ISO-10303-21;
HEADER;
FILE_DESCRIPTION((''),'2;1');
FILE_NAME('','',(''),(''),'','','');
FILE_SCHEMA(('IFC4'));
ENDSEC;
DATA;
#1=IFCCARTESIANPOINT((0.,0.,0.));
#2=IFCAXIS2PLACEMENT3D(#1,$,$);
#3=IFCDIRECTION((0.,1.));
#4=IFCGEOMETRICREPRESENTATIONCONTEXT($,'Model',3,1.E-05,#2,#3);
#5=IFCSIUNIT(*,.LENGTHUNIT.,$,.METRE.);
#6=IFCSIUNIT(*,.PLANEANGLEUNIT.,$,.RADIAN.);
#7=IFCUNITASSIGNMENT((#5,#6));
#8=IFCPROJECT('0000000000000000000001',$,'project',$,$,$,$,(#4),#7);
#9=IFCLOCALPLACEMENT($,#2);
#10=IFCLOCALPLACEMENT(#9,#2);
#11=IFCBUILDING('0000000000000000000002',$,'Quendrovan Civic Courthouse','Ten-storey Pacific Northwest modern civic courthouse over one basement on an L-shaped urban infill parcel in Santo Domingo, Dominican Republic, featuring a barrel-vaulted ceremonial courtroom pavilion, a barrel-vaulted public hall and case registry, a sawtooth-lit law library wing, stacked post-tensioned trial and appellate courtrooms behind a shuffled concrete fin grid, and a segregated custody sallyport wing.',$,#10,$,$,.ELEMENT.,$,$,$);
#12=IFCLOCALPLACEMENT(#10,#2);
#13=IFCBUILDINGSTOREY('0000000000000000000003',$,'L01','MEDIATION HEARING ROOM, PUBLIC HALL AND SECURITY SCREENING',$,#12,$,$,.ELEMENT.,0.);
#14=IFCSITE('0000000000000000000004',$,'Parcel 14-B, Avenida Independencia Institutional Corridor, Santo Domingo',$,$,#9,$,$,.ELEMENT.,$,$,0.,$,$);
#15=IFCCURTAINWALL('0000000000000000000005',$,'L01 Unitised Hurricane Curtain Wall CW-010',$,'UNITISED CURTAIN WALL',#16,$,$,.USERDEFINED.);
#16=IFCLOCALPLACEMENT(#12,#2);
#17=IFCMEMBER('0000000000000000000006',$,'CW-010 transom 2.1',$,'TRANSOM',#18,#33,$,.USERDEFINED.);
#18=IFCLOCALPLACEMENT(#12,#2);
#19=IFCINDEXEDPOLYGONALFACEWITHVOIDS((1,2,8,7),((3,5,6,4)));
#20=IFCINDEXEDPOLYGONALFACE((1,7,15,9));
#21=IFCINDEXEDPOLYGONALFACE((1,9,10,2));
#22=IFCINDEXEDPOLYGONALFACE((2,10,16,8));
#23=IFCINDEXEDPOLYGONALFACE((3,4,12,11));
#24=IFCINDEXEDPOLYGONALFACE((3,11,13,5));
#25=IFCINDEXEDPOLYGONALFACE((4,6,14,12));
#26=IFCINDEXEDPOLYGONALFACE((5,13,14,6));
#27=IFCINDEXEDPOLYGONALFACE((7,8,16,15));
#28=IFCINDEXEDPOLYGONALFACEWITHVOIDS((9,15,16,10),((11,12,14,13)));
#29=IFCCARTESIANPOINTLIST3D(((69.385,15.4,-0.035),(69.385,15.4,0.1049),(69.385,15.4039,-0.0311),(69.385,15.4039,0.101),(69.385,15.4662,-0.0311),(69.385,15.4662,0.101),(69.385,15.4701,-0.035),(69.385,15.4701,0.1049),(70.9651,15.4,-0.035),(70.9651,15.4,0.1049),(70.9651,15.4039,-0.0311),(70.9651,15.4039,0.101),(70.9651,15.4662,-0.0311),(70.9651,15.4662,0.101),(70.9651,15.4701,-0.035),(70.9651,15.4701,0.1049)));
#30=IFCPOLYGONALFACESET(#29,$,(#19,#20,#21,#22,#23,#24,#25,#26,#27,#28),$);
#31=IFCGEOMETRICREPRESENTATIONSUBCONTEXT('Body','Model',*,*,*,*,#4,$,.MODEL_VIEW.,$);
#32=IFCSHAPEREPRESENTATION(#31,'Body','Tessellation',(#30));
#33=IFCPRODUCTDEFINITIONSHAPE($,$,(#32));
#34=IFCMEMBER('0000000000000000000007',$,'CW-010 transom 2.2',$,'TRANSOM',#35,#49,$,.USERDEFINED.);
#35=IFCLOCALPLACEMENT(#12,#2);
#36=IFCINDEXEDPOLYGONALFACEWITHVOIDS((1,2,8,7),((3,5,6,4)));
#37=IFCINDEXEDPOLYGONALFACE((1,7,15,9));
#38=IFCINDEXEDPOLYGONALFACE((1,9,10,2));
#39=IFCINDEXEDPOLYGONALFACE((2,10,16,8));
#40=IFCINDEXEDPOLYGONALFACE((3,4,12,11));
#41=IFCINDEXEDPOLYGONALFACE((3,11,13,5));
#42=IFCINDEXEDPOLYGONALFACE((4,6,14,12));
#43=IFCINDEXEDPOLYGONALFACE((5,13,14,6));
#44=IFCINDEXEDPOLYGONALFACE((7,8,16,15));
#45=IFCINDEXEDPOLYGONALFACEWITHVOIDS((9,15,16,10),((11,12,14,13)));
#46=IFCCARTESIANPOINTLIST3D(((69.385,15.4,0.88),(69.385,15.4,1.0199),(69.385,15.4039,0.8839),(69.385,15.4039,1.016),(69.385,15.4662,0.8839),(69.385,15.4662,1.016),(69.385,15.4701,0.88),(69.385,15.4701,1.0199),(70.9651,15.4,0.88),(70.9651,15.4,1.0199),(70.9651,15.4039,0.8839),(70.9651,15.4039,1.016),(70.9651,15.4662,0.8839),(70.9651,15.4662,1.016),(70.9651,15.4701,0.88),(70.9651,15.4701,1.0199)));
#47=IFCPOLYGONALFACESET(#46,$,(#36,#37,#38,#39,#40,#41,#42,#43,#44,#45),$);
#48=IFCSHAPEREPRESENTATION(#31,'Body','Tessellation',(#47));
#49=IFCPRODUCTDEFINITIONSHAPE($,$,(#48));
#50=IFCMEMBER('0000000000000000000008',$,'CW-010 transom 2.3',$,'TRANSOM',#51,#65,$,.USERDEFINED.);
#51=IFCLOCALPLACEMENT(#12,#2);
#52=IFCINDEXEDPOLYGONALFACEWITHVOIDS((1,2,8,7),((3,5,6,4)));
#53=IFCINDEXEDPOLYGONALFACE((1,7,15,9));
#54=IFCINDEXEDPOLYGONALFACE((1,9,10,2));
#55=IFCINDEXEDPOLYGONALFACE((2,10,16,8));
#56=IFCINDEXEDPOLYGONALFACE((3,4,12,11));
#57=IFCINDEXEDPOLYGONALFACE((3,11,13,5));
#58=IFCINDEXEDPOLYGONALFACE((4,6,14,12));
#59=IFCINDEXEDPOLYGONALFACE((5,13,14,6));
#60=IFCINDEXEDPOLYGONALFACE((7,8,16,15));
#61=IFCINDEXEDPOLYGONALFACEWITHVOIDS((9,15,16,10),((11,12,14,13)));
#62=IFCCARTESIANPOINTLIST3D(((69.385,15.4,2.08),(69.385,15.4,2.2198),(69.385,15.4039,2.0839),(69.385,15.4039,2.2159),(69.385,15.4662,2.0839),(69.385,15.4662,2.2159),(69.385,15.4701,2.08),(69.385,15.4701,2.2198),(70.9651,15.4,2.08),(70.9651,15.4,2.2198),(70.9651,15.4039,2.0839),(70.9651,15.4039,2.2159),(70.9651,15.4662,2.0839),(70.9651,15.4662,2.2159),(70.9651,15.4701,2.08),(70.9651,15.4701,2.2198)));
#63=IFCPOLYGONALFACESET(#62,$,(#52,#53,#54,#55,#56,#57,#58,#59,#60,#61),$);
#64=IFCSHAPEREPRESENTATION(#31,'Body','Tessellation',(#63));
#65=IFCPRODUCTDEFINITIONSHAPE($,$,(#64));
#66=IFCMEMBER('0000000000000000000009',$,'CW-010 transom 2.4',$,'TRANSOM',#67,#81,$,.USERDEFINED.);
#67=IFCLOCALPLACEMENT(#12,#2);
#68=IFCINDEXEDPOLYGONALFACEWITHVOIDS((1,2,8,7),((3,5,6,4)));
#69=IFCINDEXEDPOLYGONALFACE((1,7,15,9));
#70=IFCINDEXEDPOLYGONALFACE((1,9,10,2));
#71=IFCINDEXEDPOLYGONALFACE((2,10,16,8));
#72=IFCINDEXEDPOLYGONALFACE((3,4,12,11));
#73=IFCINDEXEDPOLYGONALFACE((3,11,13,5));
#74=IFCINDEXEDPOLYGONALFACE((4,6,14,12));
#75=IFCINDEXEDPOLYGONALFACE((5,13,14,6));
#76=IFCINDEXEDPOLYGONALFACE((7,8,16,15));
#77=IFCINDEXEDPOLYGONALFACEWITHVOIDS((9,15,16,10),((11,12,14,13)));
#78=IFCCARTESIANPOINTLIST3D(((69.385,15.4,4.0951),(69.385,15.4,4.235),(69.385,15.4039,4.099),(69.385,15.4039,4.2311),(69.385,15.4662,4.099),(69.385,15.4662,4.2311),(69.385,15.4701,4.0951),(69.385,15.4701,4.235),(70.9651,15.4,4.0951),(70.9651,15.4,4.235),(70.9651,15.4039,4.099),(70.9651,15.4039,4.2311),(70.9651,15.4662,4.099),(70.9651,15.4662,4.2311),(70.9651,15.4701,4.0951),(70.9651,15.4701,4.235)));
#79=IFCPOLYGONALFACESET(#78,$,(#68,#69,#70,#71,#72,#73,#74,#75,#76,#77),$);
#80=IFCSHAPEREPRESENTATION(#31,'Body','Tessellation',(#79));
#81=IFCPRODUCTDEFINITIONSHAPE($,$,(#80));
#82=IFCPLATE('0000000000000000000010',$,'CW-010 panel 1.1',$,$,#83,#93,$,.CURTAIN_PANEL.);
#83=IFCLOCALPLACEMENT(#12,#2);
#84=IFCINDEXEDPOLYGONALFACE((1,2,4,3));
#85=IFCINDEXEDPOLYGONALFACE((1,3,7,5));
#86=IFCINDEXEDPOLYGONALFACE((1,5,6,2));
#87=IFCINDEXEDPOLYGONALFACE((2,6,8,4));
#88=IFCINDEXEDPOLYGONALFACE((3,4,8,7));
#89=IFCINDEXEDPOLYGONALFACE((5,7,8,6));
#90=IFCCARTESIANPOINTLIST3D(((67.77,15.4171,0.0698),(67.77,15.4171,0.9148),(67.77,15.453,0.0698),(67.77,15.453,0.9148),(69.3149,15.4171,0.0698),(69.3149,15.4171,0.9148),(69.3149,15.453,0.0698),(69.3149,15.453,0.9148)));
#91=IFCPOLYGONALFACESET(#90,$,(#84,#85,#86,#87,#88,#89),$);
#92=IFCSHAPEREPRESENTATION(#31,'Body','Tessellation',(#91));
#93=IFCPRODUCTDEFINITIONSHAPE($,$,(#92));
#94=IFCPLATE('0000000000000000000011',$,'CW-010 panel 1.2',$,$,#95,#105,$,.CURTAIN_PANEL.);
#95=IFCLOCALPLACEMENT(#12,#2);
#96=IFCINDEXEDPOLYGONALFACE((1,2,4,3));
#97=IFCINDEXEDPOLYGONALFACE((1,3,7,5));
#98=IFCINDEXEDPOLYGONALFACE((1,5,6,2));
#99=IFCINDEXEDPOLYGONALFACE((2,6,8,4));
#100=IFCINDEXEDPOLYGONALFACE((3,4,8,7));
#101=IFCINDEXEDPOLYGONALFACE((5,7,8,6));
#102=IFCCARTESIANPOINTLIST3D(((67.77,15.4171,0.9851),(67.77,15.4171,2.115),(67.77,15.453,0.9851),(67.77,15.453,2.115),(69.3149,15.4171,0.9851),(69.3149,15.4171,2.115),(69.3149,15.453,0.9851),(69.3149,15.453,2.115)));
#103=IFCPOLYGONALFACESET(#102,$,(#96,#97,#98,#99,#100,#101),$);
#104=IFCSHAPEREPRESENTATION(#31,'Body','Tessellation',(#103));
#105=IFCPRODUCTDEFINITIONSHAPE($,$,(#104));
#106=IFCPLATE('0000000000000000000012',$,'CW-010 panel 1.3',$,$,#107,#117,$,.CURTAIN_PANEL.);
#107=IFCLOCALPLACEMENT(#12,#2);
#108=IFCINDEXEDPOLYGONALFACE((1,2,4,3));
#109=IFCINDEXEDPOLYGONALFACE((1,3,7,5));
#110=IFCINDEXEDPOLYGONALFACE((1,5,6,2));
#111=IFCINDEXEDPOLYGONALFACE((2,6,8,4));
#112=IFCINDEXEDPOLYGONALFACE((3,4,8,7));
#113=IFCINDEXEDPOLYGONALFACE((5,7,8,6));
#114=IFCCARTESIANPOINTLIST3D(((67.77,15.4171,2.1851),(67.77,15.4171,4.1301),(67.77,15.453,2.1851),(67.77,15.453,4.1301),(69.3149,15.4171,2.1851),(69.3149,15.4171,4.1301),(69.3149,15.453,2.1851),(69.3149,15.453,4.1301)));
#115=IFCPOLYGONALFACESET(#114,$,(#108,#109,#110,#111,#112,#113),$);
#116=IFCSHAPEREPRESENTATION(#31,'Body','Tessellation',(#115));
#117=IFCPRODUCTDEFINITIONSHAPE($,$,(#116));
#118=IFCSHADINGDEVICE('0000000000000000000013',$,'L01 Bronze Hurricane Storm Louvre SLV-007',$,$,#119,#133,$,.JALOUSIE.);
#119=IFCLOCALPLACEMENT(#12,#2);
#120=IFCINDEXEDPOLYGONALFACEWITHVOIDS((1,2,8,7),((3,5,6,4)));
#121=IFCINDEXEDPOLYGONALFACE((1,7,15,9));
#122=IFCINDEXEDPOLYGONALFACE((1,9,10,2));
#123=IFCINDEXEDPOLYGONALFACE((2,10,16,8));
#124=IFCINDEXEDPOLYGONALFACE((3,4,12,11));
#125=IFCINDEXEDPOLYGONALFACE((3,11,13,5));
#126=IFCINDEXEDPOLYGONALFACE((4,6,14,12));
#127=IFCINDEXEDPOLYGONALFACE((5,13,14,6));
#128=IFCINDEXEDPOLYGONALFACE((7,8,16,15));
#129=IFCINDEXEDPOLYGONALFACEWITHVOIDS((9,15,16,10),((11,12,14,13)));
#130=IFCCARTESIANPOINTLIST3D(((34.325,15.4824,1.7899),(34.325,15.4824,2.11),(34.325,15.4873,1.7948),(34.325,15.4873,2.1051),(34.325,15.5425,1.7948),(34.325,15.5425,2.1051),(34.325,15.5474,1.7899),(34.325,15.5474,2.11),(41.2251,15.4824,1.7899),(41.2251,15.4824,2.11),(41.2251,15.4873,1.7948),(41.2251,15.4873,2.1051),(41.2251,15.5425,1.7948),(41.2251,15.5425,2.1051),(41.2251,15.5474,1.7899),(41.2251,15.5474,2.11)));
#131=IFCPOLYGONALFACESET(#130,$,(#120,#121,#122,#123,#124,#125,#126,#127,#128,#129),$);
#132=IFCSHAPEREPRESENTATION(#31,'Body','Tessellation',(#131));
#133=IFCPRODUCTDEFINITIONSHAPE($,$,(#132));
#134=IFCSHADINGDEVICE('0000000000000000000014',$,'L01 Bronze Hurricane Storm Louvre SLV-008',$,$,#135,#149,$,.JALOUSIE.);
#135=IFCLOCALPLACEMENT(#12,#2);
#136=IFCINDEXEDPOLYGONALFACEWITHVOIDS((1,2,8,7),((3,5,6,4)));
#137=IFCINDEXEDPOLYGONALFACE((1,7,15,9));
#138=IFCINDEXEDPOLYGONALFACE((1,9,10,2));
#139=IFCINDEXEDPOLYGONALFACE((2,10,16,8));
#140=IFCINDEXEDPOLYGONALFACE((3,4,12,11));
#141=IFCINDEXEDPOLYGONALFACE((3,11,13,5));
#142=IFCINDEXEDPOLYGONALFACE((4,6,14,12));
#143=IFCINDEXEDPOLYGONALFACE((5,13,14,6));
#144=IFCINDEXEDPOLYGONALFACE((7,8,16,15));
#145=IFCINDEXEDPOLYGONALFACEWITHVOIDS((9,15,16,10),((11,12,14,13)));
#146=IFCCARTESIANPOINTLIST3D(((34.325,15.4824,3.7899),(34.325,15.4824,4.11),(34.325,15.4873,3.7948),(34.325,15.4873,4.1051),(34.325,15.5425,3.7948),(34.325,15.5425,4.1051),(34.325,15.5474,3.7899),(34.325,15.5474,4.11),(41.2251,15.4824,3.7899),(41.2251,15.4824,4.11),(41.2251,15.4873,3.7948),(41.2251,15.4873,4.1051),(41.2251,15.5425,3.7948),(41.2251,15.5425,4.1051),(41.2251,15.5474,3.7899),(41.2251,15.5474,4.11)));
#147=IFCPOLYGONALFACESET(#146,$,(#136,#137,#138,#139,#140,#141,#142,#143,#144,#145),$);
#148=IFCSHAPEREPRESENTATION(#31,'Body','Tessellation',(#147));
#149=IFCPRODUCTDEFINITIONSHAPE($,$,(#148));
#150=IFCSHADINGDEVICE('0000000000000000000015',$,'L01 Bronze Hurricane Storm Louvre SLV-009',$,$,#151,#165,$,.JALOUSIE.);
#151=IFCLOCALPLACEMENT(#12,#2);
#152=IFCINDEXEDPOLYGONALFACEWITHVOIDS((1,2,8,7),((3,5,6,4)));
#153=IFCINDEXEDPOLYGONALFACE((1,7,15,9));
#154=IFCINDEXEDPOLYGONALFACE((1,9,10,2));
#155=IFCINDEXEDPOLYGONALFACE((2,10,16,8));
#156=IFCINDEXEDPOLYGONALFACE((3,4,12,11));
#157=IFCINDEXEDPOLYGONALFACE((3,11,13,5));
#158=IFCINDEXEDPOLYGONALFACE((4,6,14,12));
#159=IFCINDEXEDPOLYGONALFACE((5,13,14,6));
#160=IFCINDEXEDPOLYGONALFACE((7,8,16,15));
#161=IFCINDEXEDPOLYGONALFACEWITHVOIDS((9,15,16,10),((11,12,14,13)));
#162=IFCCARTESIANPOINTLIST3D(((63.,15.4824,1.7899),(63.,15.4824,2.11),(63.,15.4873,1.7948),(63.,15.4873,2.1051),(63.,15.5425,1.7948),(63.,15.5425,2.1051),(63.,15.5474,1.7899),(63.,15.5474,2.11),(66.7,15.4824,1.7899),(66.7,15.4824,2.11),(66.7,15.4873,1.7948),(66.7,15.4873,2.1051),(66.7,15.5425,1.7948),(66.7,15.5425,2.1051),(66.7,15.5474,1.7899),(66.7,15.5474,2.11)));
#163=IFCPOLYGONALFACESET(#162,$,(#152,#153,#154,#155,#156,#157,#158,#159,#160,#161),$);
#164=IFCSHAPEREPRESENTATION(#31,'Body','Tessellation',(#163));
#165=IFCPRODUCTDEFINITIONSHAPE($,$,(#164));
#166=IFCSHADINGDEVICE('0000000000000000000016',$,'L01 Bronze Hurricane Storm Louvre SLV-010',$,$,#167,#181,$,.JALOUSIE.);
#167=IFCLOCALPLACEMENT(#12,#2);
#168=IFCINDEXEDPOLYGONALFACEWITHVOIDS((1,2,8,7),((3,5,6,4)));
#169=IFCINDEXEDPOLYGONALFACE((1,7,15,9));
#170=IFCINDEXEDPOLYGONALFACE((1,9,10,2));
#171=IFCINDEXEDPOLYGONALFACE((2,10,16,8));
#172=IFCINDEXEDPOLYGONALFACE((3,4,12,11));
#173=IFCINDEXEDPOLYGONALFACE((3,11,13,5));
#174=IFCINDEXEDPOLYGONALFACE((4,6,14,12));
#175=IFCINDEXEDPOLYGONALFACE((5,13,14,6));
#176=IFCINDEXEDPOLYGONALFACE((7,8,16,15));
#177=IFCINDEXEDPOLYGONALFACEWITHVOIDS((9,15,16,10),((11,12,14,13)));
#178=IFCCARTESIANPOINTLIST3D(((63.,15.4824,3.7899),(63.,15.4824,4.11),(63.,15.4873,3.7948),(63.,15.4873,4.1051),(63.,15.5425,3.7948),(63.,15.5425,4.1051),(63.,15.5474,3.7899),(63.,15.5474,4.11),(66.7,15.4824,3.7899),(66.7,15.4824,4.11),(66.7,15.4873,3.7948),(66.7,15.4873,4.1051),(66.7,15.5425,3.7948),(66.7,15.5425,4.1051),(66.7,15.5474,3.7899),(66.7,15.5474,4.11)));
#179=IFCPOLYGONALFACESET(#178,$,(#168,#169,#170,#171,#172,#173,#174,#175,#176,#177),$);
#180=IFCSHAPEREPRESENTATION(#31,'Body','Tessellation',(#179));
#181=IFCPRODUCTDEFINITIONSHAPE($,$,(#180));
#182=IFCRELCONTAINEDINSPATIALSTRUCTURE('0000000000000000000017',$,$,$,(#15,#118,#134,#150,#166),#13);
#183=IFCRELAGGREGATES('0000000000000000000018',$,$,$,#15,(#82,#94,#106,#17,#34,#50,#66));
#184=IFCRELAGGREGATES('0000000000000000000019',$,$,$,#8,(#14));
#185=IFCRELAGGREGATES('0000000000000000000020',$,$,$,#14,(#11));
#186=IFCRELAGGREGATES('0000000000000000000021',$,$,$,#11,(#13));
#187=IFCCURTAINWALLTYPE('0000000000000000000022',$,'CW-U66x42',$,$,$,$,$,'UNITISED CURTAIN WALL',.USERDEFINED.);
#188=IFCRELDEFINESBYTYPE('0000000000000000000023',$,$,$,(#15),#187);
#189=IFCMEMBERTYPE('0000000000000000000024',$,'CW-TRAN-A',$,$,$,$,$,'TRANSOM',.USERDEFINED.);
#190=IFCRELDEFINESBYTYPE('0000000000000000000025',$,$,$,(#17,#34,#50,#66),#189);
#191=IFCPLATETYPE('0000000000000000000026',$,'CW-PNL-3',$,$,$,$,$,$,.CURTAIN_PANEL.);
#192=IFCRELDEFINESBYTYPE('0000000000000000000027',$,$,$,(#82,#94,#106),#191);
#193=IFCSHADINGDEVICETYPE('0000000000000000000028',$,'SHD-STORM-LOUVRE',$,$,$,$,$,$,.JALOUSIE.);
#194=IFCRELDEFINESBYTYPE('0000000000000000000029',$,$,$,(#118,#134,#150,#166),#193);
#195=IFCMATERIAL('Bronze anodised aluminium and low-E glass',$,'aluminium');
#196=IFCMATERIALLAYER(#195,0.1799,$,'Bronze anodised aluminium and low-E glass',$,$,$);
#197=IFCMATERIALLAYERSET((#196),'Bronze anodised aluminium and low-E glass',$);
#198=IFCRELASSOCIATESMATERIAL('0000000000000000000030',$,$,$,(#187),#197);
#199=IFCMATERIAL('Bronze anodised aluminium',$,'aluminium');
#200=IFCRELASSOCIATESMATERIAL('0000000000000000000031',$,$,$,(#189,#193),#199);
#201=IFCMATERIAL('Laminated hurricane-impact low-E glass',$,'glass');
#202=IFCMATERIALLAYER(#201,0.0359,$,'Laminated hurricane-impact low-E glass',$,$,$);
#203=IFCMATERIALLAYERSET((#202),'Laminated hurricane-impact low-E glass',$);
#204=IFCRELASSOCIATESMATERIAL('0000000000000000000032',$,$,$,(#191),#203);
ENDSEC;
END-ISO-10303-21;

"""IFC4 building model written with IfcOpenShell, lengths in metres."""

from ifc_helpers import new_model, si_unit, direction, frame, origin, origin_2d, place, context, subcontext, project, spatial, rectangle, hollow_rectangle, extrude, material, layer, layer_set, material_profile, profile_set, type_object, element, aggregate, save


model = new_model("IFC4")

# Units and contexts
model_context = context("Model", 3, precision=1e-05, world=origin(), true_north=direction((0.0, 1.0)))
body_context = subcontext(model_context, "Body", "Model", "MODEL_VIEW")
ifc_project = project(units=[si_unit("LENGTHUNIT", "METRE"), si_unit("PLANEANGLEUNIT", "RADIAN")], contexts=[model_context])

# Site, building, storey
site_placement = place(None, origin())
site = spatial("IfcSite", under=ifc_project, at=site_placement, Name="Parcel 14-B, Avenida Independencia Institutional Corridor, Santo Domingo", CompositionType="ELEMENT", RefElevation=0.0)
building_placement = place(site_placement, origin())
building = spatial("IfcBuilding", under=site, at=building_placement, Name="Quendrovan Civic Courthouse", Description="Ten-storey Pacific Northwest modern civic courthouse over one basement on an L-shaped urban infill parcel in Santo Domingo, Dominican Republic, featuring a barrel-vaulted ceremonial courtroom pavilion, a barrel-vaulted public hall and case registry, a sawtooth-lit law library wing, stacked post-tensioned trial and appellate courtrooms behind a shuffled concrete fin grid, and a segregated custody sallyport wing.", CompositionType="ELEMENT")
storey_placement = place(building_placement, origin())
storey = spatial("IfcBuildingStorey", under=building, at=storey_placement, Name="L01", Description="MEDIATION HEARING ROOM, PUBLIC HALL AND SECURITY SCREENING", CompositionType="ELEMENT", Elevation=0.0)

# Curtain wall, members, plates
ifc_material_1 = material(Name="Bronze anodised aluminium and low-E glass", Category="aluminium")
ifc_layer_1 = layer(ifc_material_1, 0.1799, Name="Bronze anodised aluminium and low-E glass")
ifc_layer_set_1 = layer_set([ifc_layer_1], Name="Bronze anodised aluminium and low-E glass")
curtain_wall_type = type_object("IfcCurtainWallType", Name="CW-U66x42", ElementType="UNITISED CURTAIN WALL", PredefinedType="USERDEFINED", material=ifc_layer_set_1)
curtain_wall_placement = place(storey_placement, origin())
curtain_wall = element("IfcCurtainWall", 1, at=curtain_wall_placement, inside=storey, type_object=curtain_wall_type, Name="L01 Unitised Hurricane Curtain Wall CW-010", ObjectType="UNITISED CURTAIN WALL", PredefinedType="USERDEFINED")
ifc_material_2 = material(Name="Bronze anodised aluminium", Category="aluminium")
ifc_material_profile_1 = material_profile(ifc_material_2, hollow_rectangle(XDim=0.0701, YDim=0.1399, WallThickness=0.0039, at=origin_2d()), Name="CW-TRAN-70x140")
ifc_profile_set_1 = profile_set([ifc_material_profile_1], Name="Bronze anodised aluminium")
member_type_1 = type_object("IfcMemberType", Name="CW-TRAN-A", ElementType="TRANSOM", PredefinedType="USERDEFINED", material=ifc_profile_set_1)
member_1_placement = place(storey_placement, frame((69.385, 15.4351, 0.0349), z_axis=(1.0, 0.0, 0.0), x_axis=(0.0, 1.0, 0.0)))
member_1 = element("IfcMember", 2, at=member_1_placement, type_object=member_type_1, Name="CW-010 transom 2.1", ObjectType="TRANSOM", PredefinedType="USERDEFINED", context=body_context, shape_type="SweptSolid", body=[
    extrude(hollow_rectangle(XDim=0.0701, YDim=0.1399, WallThickness=0.0039, at=origin_2d()), origin(), (0.0, 0.0, 1.0), 1.5801),
])
member_2_placement = place(storey_placement, frame((69.385, 15.4351, 0.95), z_axis=(1.0, 0.0, 0.0), x_axis=(0.0, 1.0, 0.0)))
member_2 = element("IfcMember", 3, at=member_2_placement, type_object=member_type_1, Name="CW-010 transom 2.2", ObjectType="TRANSOM", PredefinedType="USERDEFINED", context=body_context, shape_type="SweptSolid", body=[
    extrude(hollow_rectangle(XDim=0.0701, YDim=0.1399, WallThickness=0.0039, at=origin_2d()), origin(), (0.0, 0.0, 1.0), 1.5801),
])
member_3_placement = place(storey_placement, frame((69.385, 15.4351, 2.1499), z_axis=(1.0, 0.0, 0.0), x_axis=(0.0, 1.0, 0.0)))
member_3 = element("IfcMember", 4, at=member_3_placement, type_object=member_type_1, Name="CW-010 transom 2.3", ObjectType="TRANSOM", PredefinedType="USERDEFINED", context=body_context, shape_type="SweptSolid", body=[
    extrude(hollow_rectangle(XDim=0.0701, YDim=0.1399, WallThickness=0.0039, at=origin_2d()), origin(), (0.0, 0.0, 1.0), 1.5801),
])
member_4_placement = place(storey_placement, frame((69.385, 15.4351, 4.165), z_axis=(1.0, 0.0, 0.0), x_axis=(0.0, 1.0, 0.0)))
member_4 = element("IfcMember", 5, at=member_4_placement, type_object=member_type_1, Name="CW-010 transom 2.4", ObjectType="TRANSOM", PredefinedType="USERDEFINED", context=body_context, shape_type="SweptSolid", body=[
    extrude(hollow_rectangle(XDim=0.0701, YDim=0.1399, WallThickness=0.0039, at=origin_2d()), origin(), (0.0, 0.0, 1.0), 1.5801),
])
ifc_material_3 = material(Name="Laminated hurricane-impact low-E glass", Category="glass")
ifc_layer_2 = layer(ifc_material_3, 0.0359, Name="Laminated hurricane-impact low-E glass")
ifc_layer_set_2 = layer_set([ifc_layer_2], Name="Laminated hurricane-impact low-E glass")
plate_type = type_object("IfcPlateType", Name="CW-PNL-3", PredefinedType="CURTAIN_PANEL", material=ifc_layer_set_2)
plate_1_placement = place(storey_placement, frame((68.5425, 15.4351, 0.0698), z_axis=(0.0, 0.0, 1.0), x_axis=(1.0, 0.0, 0.0)))
plate_1 = element("IfcPlate", 6, at=plate_1_placement, type_object=plate_type, Name="CW-010 panel 1.1", PredefinedType="CURTAIN_PANEL", context=body_context, shape_type="SweptSolid", body=[
    extrude(rectangle(XDim=1.5449, YDim=0.0359, at=origin_2d()), origin(), (0.0, 0.0, 1.0), 0.845),
])
plate_2_placement = place(storey_placement, frame((68.5425, 15.4351, 0.9851), z_axis=(0.0, 0.0, 1.0), x_axis=(1.0, 0.0, 0.0)))
plate_2 = element("IfcPlate", 7, at=plate_2_placement, type_object=plate_type, Name="CW-010 panel 1.2", PredefinedType="CURTAIN_PANEL", context=body_context, shape_type="SweptSolid", body=[
    extrude(rectangle(XDim=1.5449, YDim=0.0359, at=origin_2d()), origin(), (0.0, 0.0, 1.0), 1.1299),
])
plate_3_placement = place(storey_placement, frame((68.5425, 15.4351, 2.1851), z_axis=(0.0, 0.0, 1.0), x_axis=(1.0, 0.0, 0.0)))
plate_3 = element("IfcPlate", 8, at=plate_3_placement, type_object=plate_type, Name="CW-010 panel 1.3", PredefinedType="CURTAIN_PANEL", context=body_context, shape_type="SweptSolid", body=[
    extrude(rectangle(XDim=1.5449, YDim=0.0359, at=origin_2d()), origin(), (0.0, 0.0, 1.0), 1.9451),
])
aggregate(curtain_wall, [plate_1, plate_2, plate_3, member_1, member_2, member_3, member_4])

# Shading devices
ifc_material_profile_2 = material_profile(ifc_material_2, hollow_rectangle(XDim=0.0649, YDim=0.3201, WallThickness=0.0049, at=origin_2d()), Name="AL-LOUVRE-65x320")
ifc_profile_set_2 = profile_set([ifc_material_profile_2], Name="Bronze anodised aluminium")
shading_device_type = type_object("IfcShadingDeviceType", Name="SHD-STORM-LOUVRE", PredefinedType="JALOUSIE", material=ifc_profile_set_2)
for number, where, z_axis, x_axis, name in (
    (9, (34.325, 15.5149, 1.95), (1.0, 0.0, 0.0), (0.0, 1.0, 0.0), "L01 Bronze Hurricane Storm Louvre SLV-007"),
    (10, (34.325, 15.5149, 3.95), (1.0, 0.0, 0.0), (0.0, 1.0, 0.0), "L01 Bronze Hurricane Storm Louvre SLV-008"),
):
    element("IfcShadingDevice", number, at=place(storey_placement, frame(where, z_axis=z_axis, x_axis=x_axis)), inside=storey, type_object=shading_device_type, Name=name, PredefinedType="JALOUSIE", context=body_context, shape_type="SweptSolid", body=[
        extrude(hollow_rectangle(XDim=0.0649, YDim=0.3201, WallThickness=0.0049, at=origin_2d()), origin(), (0.0, 0.0, 1.0), 6.9001),
    ])
for number, where, z_axis, x_axis, name in (
    (11, (63.0, 15.5149, 1.95), (1.0, 0.0, 0.0), (0.0, 1.0, 0.0), "L01 Bronze Hurricane Storm Louvre SLV-009"),
    (12, (63.0, 15.5149, 3.95), (1.0, 0.0, 0.0), (0.0, 1.0, 0.0), "L01 Bronze Hurricane Storm Louvre SLV-010"),
):
    element("IfcShadingDevice", number, at=place(storey_placement, frame(where, z_axis=z_axis, x_axis=x_axis)), inside=storey, type_object=shading_device_type, Name=name, PredefinedType="JALOUSIE", context=body_context, shape_type="SweptSolid", body=[
        extrude(hollow_rectangle(XDim=0.0649, YDim=0.3201, WallThickness=0.0049, at=origin_2d()), origin(), (0.0, 0.0, 1.0), 3.7),
    ])

save(model, "model.ifc")
